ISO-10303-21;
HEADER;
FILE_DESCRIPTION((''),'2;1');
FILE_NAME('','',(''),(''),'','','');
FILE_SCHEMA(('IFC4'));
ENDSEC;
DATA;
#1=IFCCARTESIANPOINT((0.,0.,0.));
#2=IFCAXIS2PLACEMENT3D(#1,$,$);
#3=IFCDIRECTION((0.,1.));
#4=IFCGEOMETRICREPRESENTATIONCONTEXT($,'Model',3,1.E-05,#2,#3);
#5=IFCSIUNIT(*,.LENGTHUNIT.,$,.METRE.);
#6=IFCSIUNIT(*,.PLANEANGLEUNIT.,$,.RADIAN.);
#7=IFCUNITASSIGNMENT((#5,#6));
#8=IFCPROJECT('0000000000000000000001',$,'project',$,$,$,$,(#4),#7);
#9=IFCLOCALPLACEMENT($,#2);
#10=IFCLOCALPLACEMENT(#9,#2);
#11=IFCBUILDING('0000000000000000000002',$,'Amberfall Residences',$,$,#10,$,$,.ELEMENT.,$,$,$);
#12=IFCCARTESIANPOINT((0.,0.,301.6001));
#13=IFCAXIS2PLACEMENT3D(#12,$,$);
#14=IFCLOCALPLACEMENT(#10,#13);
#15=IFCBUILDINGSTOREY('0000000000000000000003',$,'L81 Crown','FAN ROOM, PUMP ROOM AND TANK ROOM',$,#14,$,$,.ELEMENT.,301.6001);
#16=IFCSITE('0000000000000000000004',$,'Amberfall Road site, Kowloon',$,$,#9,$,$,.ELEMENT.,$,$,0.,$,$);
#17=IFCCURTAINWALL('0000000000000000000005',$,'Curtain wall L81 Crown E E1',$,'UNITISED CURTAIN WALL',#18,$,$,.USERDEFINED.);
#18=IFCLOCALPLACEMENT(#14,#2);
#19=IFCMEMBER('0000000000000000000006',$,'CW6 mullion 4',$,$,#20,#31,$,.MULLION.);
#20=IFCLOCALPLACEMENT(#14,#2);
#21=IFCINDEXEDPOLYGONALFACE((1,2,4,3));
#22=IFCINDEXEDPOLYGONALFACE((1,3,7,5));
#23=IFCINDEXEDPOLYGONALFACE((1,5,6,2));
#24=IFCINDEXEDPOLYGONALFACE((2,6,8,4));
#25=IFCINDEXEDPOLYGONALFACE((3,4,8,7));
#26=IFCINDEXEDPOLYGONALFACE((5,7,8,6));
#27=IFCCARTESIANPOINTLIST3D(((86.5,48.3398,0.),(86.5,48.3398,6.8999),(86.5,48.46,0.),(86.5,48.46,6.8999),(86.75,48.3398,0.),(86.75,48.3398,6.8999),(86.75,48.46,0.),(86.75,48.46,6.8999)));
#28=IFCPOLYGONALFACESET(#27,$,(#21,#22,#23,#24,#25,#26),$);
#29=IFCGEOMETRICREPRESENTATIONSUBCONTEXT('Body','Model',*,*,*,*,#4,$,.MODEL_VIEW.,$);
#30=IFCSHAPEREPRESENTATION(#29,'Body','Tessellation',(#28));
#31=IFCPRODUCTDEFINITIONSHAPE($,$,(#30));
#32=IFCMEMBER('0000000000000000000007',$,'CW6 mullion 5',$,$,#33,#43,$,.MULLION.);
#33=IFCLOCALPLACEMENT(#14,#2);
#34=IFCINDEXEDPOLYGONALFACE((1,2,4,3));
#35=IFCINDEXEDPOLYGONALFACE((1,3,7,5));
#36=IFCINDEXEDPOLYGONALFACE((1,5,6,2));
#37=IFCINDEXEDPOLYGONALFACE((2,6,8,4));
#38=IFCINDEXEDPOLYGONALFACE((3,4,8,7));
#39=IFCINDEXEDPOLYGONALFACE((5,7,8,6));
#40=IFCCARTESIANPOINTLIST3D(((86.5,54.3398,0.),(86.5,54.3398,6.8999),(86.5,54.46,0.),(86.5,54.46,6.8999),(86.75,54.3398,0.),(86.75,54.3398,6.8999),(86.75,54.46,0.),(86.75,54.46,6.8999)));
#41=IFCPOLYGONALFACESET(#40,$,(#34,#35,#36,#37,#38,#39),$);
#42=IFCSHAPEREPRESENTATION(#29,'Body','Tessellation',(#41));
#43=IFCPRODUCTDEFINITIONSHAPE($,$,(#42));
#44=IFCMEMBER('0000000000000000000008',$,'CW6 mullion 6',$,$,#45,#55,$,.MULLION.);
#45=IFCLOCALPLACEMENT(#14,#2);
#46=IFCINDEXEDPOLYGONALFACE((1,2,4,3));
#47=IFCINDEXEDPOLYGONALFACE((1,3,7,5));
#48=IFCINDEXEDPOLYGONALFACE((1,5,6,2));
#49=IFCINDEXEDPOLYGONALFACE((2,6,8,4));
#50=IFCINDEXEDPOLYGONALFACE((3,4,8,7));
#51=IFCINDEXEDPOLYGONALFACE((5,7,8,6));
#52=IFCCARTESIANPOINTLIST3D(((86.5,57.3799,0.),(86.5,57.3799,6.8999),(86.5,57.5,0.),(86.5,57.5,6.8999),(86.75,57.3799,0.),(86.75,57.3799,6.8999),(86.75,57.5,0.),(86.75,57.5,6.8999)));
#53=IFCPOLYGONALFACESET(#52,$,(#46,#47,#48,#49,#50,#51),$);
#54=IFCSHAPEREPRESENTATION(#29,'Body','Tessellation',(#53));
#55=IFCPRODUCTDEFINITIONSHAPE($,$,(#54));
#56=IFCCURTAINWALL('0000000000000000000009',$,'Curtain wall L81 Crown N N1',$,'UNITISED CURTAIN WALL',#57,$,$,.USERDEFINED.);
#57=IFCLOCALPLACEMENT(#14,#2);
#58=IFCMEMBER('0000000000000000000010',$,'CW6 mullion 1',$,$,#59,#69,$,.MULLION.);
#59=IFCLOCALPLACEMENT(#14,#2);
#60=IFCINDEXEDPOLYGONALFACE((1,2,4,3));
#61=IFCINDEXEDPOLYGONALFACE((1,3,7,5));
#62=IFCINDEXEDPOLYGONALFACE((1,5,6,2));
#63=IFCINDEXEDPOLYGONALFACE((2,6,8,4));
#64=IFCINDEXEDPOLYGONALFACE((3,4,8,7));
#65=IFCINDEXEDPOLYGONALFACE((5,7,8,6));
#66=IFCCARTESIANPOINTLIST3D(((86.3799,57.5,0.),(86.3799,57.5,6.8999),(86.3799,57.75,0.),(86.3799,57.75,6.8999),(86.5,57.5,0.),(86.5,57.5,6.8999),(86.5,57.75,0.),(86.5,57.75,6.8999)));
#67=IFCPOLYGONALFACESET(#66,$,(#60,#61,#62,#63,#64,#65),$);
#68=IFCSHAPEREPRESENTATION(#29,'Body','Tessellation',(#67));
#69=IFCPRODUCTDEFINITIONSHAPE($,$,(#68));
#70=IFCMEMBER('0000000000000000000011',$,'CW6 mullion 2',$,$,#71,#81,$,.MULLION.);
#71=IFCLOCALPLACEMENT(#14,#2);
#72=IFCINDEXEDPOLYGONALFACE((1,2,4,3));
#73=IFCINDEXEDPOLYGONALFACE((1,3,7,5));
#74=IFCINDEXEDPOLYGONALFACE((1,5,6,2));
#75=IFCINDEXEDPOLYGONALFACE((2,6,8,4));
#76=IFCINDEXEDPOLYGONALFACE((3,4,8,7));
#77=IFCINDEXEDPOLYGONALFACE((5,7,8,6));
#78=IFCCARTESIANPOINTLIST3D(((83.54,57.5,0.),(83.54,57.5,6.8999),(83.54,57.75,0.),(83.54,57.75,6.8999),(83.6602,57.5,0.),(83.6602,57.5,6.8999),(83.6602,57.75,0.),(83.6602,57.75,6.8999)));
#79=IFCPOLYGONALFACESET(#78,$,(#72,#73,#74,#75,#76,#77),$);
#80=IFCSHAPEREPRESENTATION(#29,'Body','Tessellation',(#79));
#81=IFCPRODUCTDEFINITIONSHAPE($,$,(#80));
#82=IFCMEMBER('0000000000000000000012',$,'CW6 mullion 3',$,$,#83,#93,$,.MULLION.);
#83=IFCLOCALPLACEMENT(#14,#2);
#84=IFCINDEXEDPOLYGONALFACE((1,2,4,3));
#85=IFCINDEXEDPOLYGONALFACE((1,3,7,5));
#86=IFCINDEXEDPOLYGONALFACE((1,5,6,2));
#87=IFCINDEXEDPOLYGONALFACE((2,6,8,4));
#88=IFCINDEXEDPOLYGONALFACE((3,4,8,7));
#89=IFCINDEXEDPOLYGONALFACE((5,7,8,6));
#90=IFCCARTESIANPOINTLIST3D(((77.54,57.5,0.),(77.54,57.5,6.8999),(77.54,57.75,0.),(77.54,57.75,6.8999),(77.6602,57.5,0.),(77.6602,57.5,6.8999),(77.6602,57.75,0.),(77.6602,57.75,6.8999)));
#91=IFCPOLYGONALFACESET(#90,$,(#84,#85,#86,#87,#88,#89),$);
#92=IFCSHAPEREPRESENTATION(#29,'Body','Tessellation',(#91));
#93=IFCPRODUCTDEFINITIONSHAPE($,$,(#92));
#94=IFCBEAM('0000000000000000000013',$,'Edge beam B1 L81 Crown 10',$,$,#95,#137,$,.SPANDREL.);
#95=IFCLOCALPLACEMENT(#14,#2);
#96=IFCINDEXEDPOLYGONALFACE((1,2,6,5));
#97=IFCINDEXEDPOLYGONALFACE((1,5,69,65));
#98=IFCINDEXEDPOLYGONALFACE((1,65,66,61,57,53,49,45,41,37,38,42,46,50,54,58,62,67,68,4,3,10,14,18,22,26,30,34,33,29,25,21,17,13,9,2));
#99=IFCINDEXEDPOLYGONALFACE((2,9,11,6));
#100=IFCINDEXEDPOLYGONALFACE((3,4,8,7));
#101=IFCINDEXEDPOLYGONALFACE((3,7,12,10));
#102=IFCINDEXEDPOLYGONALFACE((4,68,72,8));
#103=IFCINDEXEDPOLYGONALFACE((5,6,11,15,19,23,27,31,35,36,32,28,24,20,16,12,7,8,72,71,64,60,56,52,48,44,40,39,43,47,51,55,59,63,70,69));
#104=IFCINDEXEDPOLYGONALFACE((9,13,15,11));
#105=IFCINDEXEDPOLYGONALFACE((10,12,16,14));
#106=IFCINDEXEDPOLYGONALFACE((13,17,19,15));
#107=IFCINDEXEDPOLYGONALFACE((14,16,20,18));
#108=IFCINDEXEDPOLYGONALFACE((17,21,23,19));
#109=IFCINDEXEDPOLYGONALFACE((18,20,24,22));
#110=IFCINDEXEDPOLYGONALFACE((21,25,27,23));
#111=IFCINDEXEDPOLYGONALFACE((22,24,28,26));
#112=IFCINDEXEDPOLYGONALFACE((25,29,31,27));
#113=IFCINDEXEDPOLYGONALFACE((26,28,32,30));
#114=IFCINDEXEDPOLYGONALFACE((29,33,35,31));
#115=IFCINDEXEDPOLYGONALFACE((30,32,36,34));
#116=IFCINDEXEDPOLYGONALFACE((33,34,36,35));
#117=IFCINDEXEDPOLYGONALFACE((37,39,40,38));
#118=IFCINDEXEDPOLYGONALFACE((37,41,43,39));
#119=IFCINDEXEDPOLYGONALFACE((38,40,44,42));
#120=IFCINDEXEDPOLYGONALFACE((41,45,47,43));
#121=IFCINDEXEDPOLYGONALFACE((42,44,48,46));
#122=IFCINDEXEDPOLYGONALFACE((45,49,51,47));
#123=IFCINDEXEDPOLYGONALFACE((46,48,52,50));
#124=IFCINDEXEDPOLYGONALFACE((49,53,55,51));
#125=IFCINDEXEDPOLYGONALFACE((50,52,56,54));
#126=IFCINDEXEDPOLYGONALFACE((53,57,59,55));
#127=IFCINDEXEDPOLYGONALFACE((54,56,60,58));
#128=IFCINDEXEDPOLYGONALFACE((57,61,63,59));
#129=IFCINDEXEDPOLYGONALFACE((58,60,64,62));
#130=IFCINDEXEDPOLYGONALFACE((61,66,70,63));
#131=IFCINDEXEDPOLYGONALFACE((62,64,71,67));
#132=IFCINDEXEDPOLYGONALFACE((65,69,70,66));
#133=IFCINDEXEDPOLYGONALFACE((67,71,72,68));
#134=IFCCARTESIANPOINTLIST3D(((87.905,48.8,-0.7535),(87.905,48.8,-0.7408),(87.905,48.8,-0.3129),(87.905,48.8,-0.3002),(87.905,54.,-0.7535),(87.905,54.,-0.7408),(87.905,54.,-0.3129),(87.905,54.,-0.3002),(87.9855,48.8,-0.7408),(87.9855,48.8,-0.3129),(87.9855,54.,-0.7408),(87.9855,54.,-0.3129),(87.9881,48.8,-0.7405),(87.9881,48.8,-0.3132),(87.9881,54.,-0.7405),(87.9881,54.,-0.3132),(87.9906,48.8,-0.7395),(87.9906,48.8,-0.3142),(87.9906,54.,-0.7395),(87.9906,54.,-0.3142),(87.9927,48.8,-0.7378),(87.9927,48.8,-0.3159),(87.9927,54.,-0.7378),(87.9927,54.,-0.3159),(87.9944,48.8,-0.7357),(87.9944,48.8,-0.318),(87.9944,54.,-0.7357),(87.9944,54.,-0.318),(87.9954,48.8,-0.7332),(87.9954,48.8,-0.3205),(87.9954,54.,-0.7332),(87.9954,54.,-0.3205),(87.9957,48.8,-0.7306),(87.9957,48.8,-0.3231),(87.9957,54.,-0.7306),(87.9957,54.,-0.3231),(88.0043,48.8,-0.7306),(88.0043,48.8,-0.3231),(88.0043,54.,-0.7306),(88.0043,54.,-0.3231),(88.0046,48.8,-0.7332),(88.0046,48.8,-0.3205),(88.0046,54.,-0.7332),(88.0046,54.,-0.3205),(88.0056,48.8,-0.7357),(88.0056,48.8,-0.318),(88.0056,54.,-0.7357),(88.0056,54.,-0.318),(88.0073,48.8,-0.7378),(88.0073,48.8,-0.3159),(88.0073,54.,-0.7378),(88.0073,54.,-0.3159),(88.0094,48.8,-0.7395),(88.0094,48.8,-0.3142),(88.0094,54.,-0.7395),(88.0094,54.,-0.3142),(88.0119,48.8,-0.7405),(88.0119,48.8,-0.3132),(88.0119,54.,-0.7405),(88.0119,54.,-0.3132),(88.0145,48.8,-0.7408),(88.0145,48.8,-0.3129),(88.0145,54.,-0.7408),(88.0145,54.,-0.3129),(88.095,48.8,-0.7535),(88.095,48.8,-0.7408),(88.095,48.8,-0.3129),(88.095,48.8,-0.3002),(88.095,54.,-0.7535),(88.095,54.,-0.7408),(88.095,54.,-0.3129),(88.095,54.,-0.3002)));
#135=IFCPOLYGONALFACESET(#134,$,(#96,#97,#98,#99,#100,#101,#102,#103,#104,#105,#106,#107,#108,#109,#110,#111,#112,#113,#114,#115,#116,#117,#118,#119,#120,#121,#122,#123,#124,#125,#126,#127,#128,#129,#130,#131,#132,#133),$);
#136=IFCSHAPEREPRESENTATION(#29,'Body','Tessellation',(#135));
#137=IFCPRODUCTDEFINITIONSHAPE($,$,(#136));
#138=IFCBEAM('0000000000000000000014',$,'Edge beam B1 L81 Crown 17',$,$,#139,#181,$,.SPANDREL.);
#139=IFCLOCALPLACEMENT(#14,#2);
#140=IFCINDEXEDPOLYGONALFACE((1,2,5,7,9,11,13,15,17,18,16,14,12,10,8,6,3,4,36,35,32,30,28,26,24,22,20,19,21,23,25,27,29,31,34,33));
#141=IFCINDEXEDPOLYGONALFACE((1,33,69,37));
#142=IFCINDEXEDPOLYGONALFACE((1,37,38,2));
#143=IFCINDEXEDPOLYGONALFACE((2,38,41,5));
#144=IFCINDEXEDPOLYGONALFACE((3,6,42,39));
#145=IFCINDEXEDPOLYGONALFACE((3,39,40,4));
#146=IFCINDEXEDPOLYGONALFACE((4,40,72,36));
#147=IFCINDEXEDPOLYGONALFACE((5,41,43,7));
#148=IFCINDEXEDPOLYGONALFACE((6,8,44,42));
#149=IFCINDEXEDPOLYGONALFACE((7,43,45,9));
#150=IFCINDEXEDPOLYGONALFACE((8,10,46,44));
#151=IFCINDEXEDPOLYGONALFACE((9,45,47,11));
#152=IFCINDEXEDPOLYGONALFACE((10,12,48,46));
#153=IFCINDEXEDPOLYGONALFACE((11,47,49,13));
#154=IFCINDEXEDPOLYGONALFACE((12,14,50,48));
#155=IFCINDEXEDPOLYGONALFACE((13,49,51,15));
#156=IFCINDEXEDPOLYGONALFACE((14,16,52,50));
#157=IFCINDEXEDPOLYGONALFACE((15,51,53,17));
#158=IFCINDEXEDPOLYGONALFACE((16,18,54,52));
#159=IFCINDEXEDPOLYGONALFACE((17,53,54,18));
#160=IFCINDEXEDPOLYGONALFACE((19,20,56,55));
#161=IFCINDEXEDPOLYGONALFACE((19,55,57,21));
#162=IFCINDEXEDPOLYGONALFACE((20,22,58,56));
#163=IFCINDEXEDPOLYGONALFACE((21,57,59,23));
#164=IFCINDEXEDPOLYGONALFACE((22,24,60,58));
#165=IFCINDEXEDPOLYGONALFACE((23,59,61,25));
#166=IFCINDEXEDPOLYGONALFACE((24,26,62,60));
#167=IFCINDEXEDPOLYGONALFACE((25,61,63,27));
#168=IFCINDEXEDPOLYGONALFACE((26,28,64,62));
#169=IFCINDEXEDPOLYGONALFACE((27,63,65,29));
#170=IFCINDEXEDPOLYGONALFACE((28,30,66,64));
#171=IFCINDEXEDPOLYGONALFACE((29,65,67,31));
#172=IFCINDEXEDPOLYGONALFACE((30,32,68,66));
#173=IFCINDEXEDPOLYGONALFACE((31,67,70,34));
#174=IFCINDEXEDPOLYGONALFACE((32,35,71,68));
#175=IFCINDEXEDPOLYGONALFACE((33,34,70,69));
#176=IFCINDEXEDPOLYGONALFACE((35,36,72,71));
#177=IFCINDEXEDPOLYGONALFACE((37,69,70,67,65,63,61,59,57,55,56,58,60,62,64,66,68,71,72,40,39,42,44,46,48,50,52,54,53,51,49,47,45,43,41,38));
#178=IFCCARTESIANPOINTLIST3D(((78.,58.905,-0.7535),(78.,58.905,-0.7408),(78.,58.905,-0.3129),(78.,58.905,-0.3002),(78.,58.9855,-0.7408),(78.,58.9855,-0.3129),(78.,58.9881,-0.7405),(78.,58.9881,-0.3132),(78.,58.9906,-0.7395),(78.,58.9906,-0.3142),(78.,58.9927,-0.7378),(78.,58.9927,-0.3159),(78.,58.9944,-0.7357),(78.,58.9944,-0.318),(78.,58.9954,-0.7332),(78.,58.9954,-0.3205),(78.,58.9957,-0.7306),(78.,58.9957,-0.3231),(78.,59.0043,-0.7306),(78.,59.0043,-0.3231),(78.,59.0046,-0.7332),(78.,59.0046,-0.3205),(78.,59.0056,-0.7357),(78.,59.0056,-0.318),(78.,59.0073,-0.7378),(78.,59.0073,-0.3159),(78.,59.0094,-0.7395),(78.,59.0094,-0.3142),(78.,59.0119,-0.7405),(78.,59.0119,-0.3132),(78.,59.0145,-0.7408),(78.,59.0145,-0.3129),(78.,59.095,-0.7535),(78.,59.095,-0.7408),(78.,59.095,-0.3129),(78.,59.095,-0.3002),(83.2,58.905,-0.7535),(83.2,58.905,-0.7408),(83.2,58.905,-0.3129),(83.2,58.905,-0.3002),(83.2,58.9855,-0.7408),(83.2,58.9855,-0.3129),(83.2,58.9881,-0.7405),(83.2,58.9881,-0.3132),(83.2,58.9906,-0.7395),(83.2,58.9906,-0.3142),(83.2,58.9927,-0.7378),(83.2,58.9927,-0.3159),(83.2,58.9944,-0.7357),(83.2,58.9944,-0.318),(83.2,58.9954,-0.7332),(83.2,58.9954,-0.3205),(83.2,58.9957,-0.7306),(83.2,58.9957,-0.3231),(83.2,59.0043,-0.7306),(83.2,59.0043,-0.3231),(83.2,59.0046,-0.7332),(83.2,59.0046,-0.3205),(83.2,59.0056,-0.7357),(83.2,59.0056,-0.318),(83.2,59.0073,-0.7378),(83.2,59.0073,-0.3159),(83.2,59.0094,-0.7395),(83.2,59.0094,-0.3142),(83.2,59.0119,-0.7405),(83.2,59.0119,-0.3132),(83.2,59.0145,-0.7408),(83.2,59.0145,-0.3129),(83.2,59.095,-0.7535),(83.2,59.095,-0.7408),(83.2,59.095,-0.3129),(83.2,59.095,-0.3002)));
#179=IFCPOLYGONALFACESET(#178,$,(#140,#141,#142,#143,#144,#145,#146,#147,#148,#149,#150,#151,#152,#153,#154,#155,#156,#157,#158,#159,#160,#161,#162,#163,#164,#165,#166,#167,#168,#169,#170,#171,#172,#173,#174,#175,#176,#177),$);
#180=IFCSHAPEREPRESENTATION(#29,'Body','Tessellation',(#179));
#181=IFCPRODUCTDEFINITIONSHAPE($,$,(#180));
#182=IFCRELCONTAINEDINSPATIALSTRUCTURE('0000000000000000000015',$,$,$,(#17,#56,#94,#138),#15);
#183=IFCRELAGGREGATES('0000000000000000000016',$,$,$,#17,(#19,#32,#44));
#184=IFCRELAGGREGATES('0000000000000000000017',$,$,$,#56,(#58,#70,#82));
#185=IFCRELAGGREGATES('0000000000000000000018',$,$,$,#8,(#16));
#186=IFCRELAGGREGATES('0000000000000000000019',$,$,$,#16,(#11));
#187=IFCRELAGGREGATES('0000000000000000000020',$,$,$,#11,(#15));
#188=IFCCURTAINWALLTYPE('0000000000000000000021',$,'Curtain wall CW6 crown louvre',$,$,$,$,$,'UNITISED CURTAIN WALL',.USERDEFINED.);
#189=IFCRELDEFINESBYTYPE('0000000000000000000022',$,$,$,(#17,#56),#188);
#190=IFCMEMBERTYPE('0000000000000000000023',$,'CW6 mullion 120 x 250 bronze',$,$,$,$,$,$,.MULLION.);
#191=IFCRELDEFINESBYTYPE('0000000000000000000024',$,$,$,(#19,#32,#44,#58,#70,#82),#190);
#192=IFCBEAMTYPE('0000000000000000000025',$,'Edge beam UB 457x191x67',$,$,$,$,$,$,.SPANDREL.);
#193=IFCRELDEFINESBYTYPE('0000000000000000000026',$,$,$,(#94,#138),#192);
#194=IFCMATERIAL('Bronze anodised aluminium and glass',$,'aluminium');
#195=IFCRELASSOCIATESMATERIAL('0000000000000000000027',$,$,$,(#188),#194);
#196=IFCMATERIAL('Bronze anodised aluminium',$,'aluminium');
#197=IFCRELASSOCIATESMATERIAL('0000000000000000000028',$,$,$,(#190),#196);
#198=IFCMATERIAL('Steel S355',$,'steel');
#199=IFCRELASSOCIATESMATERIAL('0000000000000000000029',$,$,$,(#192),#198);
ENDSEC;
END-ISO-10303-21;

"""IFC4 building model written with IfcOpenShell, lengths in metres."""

from ifc_helpers import new_model, si_unit, direction, frame, origin, origin_2d, place, context, subcontext, project, spatial, rectangle, i_section, extrude, material, material_profile, profile_set, type_object, element, aggregate, save


model = new_model("IFC4")

# Units and contexts
model_context = context("Model", 3, precision=1e-05, world=origin(), true_north=direction((0.0, 1.0)))
body_context = subcontext(model_context, "Body", "Model", "MODEL_VIEW")
ifc_project = project(units=[si_unit("LENGTHUNIT", "METRE"), si_unit("PLANEANGLEUNIT", "RADIAN")], contexts=[model_context])

# Site, building, storey
site_placement = place(None, origin())
site = spatial("IfcSite", under=ifc_project, at=site_placement, Name="Amberfall Road site, Kowloon", CompositionType="ELEMENT", RefElevation=0.0)
building_placement = place(site_placement, origin())
building = spatial("IfcBuilding", under=site, at=building_placement, Name="Amberfall Residences", CompositionType="ELEMENT")
storey_placement = place(building_placement, frame((0.0, 0.0, 301.6001)))
storey = spatial("IfcBuildingStorey", under=building, at=storey_placement, Name="L81 Crown", Description="FAN ROOM, PUMP ROOM AND TANK ROOM", CompositionType="ELEMENT", Elevation=301.6001)

# Curtain walls, members
ifc_material_1 = material(Name="Bronze anodised aluminium and glass", Category="aluminium")
curtain_wall_type = type_object("IfcCurtainWallType", Name="Curtain wall CW6 crown louvre", ElementType="UNITISED CURTAIN WALL", PredefinedType="USERDEFINED", material=ifc_material_1)
curtain_wall_1_placement = place(storey_placement, origin())
curtain_wall_1 = element("IfcCurtainWall", 1, at=curtain_wall_1_placement, inside=storey, type_object=curtain_wall_type, Name="Curtain wall L81 Crown E E1", ObjectType="UNITISED CURTAIN WALL", PredefinedType="USERDEFINED")
ifc_material_2 = material(Name="Bronze anodised aluminium", Category="aluminium")
ifc_material_profile_1 = material_profile(ifc_material_2, rectangle(XDim=0.25, YDim=0.1201, at=origin_2d()), Name="CW6 mullion 120 x 250 bronze")
ifc_profile_set_1 = profile_set([ifc_material_profile_1], Name="Bronze anodised aluminium")
member_type = type_object("IfcMemberType", Name="CW6 mullion 120 x 250 bronze", PredefinedType="MULLION", material=ifc_profile_set_1)
member_1_placement = place(storey_placement, frame((86.625, 48.3999, 0.0), z_axis=(0.0, 0.0, 1.0), x_axis=(-1.0, 0.0, 0.0)))
member_1 = element("IfcMember", 2, at=member_1_placement, type_object=member_type, Name="CW6 mullion 4", PredefinedType="MULLION", context=body_context, shape_type="SweptSolid", body=[
    extrude(rectangle(XDim=0.25, YDim=0.1201, at=origin_2d()), origin(), (0.0, 0.0, 1.0), 6.8999),
])
member_2_placement = place(storey_placement, frame((86.625, 54.3999, 0.0), z_axis=(0.0, 0.0, 1.0), x_axis=(-1.0, 0.0, 0.0)))
member_2 = element("IfcMember", 3, at=member_2_placement, type_object=member_type, Name="CW6 mullion 5", PredefinedType="MULLION", context=body_context, shape_type="SweptSolid", body=[
    extrude(rectangle(XDim=0.25, YDim=0.1201, at=origin_2d()), origin(), (0.0, 0.0, 1.0), 6.8999),
])
member_3_placement = place(storey_placement, frame((86.625, 57.4399, 0.0), z_axis=(0.0, 0.0, 1.0), x_axis=(-1.0, 0.0, 0.0)))
member_3 = element("IfcMember", 4, at=member_3_placement, type_object=member_type, Name="CW6 mullion 6", PredefinedType="MULLION", context=body_context, shape_type="SweptSolid", body=[
    extrude(rectangle(XDim=0.25, YDim=0.1201, at=origin_2d()), origin(), (0.0, 0.0, 1.0), 6.8999),
])
curtain_wall_2_placement = place(storey_placement, origin())
curtain_wall_2 = element("IfcCurtainWall", 5, at=curtain_wall_2_placement, inside=storey, type_object=curtain_wall_type, Name="Curtain wall L81 Crown N N1", ObjectType="UNITISED CURTAIN WALL", PredefinedType="USERDEFINED")
member_4_placement = place(storey_placement, frame((86.4399, 57.625, 0.0), z_axis=(0.0, 0.0, 1.0), x_axis=(0.0, -1.0, 0.0)))
member_4 = element("IfcMember", 6, at=member_4_placement, type_object=member_type, Name="CW6 mullion 1", PredefinedType="MULLION", context=body_context, shape_type="SweptSolid", body=[
    extrude(rectangle(XDim=0.25, YDim=0.1201, at=origin_2d()), origin(), (0.0, 0.0, 1.0), 6.8999),
])
member_5_placement = place(storey_placement, frame((83.6001, 57.625, 0.0), z_axis=(0.0, 0.0, 1.0), x_axis=(0.0, -1.0, 0.0)))
member_5 = element("IfcMember", 7, at=member_5_placement, type_object=member_type, Name="CW6 mullion 2", PredefinedType="MULLION", context=body_context, shape_type="SweptSolid", body=[
    extrude(rectangle(XDim=0.25, YDim=0.1201, at=origin_2d()), origin(), (0.0, 0.0, 1.0), 6.8999),
])
member_6_placement = place(storey_placement, frame((77.6001, 57.625, 0.0), z_axis=(0.0, 0.0, 1.0), x_axis=(0.0, -1.0, 0.0)))
member_6 = element("IfcMember", 8, at=member_6_placement, type_object=member_type, Name="CW6 mullion 3", PredefinedType="MULLION", context=body_context, shape_type="SweptSolid", body=[
    extrude(rectangle(XDim=0.25, YDim=0.1201, at=origin_2d()), origin(), (0.0, 0.0, 1.0), 6.8999),
])

# Beams
ifc_material_3 = material(Name="Steel S355", Category="steel")
ifc_material_profile_2 = material_profile(ifc_material_3, i_section(OverallWidth=0.1899, OverallDepth=0.4534, WebThickness=0.0085, FlangeThickness=0.0127, FilletRadius=0.0103, at=origin_2d()), Name="UB 457x191x67")
ifc_profile_set_2 = profile_set([ifc_material_profile_2], Name="Steel S355")
beam_type_1 = type_object("IfcBeamType", Name="Edge beam UB 457x191x67", PredefinedType="SPANDREL", material=ifc_profile_set_2)
for number, where, z_axis, x_axis, name in (
    (9, (88.0, 48.8, -0.5269), (0.0, 1.0, 0.0), (-1.0, 0.0, 0.0), "Edge beam B1 L81 Crown 10"),
    (10, (78.0, 59.0, -0.5269), (1.0, 0.0, 0.0), (0.0, 1.0, 0.0), "Edge beam B1 L81 Crown 17"),
):
    element("IfcBeam", number, at=place(storey_placement, frame(where, z_axis=z_axis, x_axis=x_axis)), inside=storey, type_object=beam_type_1, Name=name, PredefinedType="SPANDREL", context=body_context, shape_type="SweptSolid", body=[
        extrude(i_section(OverallWidth=0.1899, OverallDepth=0.4534, WebThickness=0.0085, FlangeThickness=0.0127, FilletRadius=0.0103, at=origin_2d()), origin(), (0.0, 0.0, 1.0), 5.2),
    ])

aggregate(curtain_wall_1, [member_1, member_2, member_3])
aggregate(curtain_wall_2, [member_4, member_5, member_6])

save(model, "model.ifc")
